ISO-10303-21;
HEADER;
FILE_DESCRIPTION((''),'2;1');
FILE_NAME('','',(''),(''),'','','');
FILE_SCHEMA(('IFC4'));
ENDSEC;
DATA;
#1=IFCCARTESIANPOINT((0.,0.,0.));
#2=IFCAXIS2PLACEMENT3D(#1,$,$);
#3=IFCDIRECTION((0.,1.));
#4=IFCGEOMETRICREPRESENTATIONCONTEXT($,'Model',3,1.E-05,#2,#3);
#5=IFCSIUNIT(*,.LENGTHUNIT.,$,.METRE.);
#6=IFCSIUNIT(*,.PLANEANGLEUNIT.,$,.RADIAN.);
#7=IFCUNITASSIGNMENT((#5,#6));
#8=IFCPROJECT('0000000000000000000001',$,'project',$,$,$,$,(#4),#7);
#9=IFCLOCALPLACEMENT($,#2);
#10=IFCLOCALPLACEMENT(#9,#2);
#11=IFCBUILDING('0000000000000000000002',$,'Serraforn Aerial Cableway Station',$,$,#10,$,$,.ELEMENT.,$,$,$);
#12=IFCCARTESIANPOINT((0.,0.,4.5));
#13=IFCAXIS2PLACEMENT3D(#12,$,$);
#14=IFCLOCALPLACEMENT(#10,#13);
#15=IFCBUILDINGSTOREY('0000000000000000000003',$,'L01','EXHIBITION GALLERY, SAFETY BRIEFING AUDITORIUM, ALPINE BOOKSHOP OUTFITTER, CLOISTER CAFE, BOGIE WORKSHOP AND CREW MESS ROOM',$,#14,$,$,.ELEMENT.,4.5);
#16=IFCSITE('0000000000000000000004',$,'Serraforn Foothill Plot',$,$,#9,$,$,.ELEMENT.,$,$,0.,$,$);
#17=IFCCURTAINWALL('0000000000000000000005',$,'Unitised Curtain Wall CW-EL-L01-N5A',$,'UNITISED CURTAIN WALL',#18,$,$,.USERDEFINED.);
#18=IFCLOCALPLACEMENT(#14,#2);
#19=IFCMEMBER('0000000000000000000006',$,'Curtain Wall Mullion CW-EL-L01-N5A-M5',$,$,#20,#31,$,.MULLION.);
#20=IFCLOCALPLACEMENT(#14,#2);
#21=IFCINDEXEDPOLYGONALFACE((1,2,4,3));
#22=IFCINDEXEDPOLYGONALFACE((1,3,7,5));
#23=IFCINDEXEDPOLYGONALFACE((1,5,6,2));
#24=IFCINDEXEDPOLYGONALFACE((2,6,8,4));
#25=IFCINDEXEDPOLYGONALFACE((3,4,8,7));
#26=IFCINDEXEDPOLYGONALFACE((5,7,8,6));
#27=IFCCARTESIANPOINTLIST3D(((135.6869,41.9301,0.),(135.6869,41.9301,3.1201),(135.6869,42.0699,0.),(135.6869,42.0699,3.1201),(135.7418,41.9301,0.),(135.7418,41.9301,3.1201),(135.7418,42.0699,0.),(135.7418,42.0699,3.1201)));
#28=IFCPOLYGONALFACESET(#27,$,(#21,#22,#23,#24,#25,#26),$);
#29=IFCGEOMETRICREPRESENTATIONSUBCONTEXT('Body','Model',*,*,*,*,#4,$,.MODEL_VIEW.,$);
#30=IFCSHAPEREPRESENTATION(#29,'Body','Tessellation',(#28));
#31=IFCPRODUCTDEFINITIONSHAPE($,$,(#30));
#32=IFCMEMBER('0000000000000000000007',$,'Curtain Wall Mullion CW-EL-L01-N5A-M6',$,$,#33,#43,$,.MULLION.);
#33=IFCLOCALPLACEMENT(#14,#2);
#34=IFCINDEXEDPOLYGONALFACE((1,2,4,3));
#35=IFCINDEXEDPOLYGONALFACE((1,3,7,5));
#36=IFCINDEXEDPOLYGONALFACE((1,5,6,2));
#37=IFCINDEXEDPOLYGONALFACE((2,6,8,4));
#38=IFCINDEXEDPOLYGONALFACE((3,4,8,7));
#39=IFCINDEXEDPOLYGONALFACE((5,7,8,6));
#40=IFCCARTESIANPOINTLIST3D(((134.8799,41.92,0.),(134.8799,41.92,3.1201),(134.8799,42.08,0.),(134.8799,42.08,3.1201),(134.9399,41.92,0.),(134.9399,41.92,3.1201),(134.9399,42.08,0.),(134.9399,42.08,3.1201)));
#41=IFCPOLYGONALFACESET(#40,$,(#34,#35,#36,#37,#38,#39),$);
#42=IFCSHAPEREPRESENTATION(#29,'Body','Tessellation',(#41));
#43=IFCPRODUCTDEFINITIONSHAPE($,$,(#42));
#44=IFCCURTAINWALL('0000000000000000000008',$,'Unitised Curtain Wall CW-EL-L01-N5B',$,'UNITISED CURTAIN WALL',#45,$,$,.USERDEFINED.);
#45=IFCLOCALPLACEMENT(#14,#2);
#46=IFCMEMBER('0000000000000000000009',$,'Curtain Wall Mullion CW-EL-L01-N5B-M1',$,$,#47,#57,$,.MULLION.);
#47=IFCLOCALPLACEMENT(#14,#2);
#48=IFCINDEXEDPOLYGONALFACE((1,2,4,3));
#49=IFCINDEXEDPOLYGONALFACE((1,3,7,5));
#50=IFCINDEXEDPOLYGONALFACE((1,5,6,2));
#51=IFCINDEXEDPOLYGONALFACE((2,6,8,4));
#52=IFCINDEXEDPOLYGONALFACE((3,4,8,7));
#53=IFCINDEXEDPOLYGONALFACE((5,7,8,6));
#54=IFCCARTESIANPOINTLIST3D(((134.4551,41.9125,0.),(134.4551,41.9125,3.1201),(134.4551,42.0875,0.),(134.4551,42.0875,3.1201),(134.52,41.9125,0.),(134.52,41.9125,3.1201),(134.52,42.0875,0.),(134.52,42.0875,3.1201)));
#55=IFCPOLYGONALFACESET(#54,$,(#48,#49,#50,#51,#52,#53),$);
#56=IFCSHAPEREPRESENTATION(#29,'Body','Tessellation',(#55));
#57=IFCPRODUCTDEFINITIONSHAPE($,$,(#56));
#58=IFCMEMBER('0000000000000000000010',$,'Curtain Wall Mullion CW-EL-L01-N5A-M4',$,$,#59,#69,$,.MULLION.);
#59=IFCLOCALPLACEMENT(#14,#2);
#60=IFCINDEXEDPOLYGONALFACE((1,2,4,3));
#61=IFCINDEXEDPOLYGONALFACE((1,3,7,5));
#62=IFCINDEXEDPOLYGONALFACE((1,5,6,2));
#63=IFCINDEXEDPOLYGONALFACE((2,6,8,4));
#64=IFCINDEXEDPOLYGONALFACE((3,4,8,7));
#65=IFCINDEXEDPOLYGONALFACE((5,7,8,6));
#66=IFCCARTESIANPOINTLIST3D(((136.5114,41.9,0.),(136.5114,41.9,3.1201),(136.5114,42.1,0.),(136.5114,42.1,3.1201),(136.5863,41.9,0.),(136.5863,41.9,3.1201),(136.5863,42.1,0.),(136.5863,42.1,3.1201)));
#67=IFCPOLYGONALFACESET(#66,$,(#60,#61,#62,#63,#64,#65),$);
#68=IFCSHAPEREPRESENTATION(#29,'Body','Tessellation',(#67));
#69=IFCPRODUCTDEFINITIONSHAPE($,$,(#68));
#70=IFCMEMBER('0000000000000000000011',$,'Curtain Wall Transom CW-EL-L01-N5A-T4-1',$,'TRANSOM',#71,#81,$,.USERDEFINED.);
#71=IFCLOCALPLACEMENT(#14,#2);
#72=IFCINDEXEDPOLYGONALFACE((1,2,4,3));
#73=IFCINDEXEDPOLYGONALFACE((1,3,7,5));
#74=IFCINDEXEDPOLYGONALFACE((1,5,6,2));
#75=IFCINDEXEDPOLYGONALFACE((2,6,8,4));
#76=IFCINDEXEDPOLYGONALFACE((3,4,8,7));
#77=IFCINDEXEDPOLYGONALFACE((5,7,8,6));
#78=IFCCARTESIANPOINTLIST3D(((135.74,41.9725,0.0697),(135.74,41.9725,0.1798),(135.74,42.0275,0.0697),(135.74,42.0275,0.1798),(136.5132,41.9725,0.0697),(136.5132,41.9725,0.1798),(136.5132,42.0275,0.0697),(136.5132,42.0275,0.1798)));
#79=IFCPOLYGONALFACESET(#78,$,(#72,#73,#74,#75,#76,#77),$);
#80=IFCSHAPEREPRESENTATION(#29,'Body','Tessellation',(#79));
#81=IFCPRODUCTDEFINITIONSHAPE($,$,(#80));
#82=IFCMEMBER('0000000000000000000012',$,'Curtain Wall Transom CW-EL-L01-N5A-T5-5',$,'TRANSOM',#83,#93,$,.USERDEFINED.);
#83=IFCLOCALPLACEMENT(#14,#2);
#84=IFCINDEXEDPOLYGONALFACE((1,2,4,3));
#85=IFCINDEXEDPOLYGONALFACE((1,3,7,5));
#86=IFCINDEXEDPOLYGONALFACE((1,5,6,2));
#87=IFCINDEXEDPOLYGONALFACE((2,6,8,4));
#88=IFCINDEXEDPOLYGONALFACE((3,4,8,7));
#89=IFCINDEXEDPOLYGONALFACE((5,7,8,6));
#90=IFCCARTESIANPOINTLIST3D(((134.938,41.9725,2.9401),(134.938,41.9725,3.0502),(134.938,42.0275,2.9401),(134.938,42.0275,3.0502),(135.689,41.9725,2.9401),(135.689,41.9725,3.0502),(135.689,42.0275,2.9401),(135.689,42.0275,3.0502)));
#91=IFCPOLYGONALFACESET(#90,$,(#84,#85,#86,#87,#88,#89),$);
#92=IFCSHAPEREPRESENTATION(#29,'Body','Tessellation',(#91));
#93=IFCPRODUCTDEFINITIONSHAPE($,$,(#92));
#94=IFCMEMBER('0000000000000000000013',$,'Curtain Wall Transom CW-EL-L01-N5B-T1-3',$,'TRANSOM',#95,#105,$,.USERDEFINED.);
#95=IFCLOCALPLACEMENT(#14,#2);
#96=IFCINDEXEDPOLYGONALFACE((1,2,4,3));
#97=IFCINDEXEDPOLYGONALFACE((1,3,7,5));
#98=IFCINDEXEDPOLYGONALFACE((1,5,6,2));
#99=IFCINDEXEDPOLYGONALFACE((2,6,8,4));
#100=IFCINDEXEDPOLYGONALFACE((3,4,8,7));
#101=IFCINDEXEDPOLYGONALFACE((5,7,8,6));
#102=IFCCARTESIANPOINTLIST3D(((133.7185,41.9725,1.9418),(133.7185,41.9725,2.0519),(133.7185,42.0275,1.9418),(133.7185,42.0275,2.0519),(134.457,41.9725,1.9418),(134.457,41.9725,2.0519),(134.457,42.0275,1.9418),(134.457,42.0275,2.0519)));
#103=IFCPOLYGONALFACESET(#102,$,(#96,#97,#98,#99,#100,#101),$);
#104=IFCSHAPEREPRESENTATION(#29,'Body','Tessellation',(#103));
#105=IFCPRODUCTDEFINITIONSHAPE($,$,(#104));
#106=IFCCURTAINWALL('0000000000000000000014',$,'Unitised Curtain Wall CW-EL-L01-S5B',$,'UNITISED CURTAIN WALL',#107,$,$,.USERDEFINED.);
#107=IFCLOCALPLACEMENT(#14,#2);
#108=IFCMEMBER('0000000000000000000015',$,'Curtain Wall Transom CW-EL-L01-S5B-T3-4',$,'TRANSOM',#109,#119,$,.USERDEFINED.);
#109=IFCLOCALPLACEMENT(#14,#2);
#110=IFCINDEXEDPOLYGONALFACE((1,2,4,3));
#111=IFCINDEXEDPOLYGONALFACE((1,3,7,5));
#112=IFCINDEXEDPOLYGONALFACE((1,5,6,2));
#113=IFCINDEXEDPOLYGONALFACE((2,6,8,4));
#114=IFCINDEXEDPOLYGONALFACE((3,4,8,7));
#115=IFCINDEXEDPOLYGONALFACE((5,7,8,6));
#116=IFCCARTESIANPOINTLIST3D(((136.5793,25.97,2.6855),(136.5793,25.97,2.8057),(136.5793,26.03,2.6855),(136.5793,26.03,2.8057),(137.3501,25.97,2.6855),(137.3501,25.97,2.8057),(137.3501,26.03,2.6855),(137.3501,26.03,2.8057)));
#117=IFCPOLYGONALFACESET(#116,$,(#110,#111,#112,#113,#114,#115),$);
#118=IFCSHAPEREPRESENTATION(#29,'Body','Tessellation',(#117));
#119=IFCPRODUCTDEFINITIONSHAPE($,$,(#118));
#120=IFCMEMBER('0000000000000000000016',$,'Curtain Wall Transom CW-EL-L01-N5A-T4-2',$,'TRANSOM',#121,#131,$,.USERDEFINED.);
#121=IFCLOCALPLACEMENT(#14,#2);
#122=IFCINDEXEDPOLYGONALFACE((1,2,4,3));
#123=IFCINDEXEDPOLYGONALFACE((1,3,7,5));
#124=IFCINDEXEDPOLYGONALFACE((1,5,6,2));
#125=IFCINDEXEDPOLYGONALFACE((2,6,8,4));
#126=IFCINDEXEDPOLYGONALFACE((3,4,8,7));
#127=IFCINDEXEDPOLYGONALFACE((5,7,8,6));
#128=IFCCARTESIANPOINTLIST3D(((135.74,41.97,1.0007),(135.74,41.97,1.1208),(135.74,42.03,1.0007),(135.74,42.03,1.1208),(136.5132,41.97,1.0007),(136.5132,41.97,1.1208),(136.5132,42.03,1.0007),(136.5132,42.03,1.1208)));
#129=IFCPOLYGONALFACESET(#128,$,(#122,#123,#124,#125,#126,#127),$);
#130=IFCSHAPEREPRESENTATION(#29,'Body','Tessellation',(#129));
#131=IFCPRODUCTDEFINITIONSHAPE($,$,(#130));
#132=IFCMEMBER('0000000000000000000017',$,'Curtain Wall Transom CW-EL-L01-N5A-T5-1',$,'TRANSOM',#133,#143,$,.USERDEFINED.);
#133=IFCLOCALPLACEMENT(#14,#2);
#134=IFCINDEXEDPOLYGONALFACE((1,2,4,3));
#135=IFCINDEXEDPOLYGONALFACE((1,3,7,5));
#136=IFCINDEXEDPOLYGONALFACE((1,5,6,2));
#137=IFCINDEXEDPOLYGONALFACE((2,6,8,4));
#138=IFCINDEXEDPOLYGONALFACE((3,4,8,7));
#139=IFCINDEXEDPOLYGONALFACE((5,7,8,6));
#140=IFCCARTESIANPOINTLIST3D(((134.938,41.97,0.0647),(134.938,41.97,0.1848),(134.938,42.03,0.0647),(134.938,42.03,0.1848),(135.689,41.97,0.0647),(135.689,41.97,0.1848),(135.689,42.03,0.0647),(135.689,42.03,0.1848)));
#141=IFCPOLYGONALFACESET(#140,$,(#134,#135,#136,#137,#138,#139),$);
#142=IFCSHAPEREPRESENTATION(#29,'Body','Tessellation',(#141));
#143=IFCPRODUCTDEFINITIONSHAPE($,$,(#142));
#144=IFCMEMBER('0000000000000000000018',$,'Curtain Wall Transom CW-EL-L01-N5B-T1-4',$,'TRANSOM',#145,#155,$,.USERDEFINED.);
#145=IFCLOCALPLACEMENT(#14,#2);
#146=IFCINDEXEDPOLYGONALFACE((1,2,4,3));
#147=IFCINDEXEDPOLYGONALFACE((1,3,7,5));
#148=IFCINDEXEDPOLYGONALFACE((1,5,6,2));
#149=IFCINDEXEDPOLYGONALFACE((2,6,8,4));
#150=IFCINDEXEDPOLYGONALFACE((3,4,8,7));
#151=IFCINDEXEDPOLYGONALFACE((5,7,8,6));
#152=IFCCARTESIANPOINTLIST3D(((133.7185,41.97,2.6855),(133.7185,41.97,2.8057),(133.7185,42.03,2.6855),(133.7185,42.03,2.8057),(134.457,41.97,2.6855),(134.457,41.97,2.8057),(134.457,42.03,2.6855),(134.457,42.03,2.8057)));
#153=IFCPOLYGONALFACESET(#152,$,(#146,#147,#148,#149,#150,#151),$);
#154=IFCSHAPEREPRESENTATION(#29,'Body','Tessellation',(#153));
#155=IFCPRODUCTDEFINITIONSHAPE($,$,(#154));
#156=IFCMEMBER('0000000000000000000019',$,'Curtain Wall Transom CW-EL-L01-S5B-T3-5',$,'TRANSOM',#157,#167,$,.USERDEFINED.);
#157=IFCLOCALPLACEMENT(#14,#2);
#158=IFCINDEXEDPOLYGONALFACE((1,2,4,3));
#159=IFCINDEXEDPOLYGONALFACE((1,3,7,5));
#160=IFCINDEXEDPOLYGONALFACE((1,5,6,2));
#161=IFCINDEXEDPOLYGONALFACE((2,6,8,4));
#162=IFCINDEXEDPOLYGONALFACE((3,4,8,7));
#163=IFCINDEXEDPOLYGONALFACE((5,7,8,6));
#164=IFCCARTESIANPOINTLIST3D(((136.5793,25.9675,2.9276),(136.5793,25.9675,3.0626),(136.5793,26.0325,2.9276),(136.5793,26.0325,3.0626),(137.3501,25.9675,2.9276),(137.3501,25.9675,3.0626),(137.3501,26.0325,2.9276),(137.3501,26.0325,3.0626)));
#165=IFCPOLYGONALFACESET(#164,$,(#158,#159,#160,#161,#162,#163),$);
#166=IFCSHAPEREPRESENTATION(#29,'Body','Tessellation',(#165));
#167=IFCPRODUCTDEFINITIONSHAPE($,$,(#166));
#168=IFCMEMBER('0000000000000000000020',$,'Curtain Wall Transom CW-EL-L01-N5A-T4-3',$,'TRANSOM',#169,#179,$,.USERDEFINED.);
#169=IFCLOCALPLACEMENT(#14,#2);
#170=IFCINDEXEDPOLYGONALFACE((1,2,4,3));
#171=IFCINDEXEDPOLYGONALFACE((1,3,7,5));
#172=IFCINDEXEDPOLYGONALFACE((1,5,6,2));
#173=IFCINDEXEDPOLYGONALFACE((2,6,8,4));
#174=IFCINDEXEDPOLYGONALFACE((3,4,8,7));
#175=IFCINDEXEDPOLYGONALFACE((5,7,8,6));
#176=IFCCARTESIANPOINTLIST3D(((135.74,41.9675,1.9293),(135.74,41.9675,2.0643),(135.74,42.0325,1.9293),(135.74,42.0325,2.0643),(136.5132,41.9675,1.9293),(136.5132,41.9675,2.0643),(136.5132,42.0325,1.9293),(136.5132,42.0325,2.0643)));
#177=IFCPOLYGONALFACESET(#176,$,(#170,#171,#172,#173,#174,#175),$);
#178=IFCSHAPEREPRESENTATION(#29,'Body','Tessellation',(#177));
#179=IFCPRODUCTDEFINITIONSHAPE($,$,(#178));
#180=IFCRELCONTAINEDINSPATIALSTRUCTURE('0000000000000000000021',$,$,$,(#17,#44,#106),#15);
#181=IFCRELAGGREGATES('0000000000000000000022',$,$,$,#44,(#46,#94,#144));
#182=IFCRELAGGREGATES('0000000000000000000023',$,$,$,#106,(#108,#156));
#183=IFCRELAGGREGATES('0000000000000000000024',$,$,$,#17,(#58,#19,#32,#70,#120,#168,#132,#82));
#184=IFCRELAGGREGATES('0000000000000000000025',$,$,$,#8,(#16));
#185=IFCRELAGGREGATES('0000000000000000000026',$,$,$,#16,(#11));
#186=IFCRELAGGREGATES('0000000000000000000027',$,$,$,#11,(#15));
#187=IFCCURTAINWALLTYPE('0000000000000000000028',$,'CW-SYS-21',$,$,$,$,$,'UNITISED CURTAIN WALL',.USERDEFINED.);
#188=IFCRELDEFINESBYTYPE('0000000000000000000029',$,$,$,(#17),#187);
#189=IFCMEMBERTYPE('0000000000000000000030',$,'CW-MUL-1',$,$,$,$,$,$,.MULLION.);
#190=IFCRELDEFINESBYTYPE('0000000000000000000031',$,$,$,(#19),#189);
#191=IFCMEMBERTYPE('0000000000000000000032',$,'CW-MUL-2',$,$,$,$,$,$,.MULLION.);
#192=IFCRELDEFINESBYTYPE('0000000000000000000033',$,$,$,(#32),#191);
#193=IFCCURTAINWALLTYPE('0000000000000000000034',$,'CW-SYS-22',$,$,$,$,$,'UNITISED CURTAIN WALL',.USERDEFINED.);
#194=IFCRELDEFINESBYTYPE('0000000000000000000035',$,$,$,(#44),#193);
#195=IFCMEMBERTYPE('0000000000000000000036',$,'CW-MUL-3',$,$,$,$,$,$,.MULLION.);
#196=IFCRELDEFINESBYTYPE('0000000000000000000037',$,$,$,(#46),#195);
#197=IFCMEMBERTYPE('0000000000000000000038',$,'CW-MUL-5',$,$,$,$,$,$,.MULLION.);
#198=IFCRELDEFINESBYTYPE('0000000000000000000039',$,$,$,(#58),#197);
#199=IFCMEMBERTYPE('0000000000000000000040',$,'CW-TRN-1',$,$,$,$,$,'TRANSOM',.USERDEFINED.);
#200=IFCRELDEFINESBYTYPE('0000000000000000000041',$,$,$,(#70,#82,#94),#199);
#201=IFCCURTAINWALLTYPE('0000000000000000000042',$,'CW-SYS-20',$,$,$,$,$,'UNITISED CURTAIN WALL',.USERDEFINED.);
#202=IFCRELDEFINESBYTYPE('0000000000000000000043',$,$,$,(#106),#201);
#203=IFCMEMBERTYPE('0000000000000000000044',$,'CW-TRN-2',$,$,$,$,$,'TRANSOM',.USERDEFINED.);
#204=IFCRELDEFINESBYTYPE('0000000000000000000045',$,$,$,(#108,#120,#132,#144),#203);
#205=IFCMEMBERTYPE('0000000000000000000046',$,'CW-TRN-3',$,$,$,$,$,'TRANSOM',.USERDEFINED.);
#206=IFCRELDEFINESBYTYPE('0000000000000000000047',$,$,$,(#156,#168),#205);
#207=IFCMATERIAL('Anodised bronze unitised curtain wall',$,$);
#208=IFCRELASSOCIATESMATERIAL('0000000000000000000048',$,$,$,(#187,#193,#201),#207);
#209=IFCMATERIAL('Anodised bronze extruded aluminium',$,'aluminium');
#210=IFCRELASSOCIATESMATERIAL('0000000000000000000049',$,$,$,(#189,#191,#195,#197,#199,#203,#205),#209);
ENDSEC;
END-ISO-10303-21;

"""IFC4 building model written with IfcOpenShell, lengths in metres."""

from ifc_helpers import new_model, si_unit, direction, frame, origin, origin_2d, place, context, subcontext, project, spatial, rectangle, extrude, material, material_profile, profile_set, type_object, element, aggregate, save


model = new_model("IFC4")

# Units and contexts
model_context = context("Model", 3, precision=1e-05, world=origin(), true_north=direction((0.0, 1.0)))
body_context = subcontext(model_context, "Body", "Model", "MODEL_VIEW")
ifc_project = project(units=[si_unit("LENGTHUNIT", "METRE"), si_unit("PLANEANGLEUNIT", "RADIAN")], contexts=[model_context])

# Site, building, storey
site_placement = place(None, origin())
site = spatial("IfcSite", under=ifc_project, at=site_placement, Name="Serraforn Foothill Plot", CompositionType="ELEMENT", RefElevation=0.0)
building_placement = place(site_placement, origin())
building = spatial("IfcBuilding", under=site, at=building_placement, Name="Serraforn Aerial Cableway Station", CompositionType="ELEMENT")
storey_placement = place(building_placement, frame((0.0, 0.0, 4.5)))
storey = spatial("IfcBuildingStorey", under=building, at=storey_placement, Name="L01", Description="EXHIBITION GALLERY, SAFETY BRIEFING AUDITORIUM, ALPINE BOOKSHOP OUTFITTER, CLOISTER CAFE, BOGIE WORKSHOP AND CREW MESS ROOM", CompositionType="ELEMENT", Elevation=4.5)

# Curtain wall, members
ifc_material_1 = material(Name="Anodised bronze unitised curtain wall")
curtain_wall_type_1 = type_object("IfcCurtainWallType", Name="CW-SYS-21", ElementType="UNITISED CURTAIN WALL", PredefinedType="USERDEFINED", material=ifc_material_1)
curtain_wall_1_placement = place(storey_placement, origin())
curtain_wall_1 = element("IfcCurtainWall", 1, at=curtain_wall_1_placement, inside=storey, type_object=curtain_wall_type_1, Name="Unitised Curtain Wall CW-EL-L01-N5A", ObjectType="UNITISED CURTAIN WALL", PredefinedType="USERDEFINED")
ifc_material_2 = material(Name="Anodised bronze extruded aluminium", Category="aluminium")
ifc_material_profile_1 = material_profile(ifc_material_2, rectangle(XDim=0.0549, YDim=0.1399, at=origin_2d()), Name="CW MULLION 55x140")
ifc_profile_set_1 = profile_set([ifc_material_profile_1], Name="Anodised bronze extruded aluminium")
member_type_1 = type_object("IfcMemberType", Name="CW-MUL-1", PredefinedType="MULLION", material=ifc_profile_set_1)
member_1_placement = place(storey_placement, frame((135.7144, 42.0, 0.0), z_axis=(0.0, 0.0, 1.0), x_axis=(-1.0, 0.0, 0.0)))
member_1 = element("IfcMember", 2, at=member_1_placement, type_object=member_type_1, Name="Curtain Wall Mullion CW-EL-L01-N5A-M5", PredefinedType="MULLION", context=body_context, shape_type="SweptSolid", body=[
    extrude(rectangle(XDim=0.0549, YDim=0.1399, at=origin_2d()), origin(), (0.0, 0.0, 1.0), 3.1201),
])
ifc_material_profile_2 = material_profile(ifc_material_2, rectangle(XDim=0.0601, YDim=0.1599, at=origin_2d()), Name="CW MULLION 60x160")
ifc_profile_set_2 = profile_set([ifc_material_profile_2], Name="Anodised bronze extruded aluminium")
member_type_2 = type_object("IfcMemberType", Name="CW-MUL-2", PredefinedType="MULLION", material=ifc_profile_set_2)
member_2_placement = place(storey_placement, frame((134.9099, 42.0, 0.0), z_axis=(0.0, 0.0, 1.0), x_axis=(-1.0, 0.0, 0.0)))
member_2 = element("IfcMember", 3, at=member_2_placement, type_object=member_type_2, Name="Curtain Wall Mullion CW-EL-L01-N5A-M6", PredefinedType="MULLION", context=body_context, shape_type="SweptSolid", body=[
    extrude(rectangle(XDim=0.0601, YDim=0.1599, at=origin_2d()), origin(), (0.0, 0.0, 1.0), 3.1201),
])

# Curtain wall, member
curtain_wall_type_2 = type_object("IfcCurtainWallType", Name="CW-SYS-22", ElementType="UNITISED CURTAIN WALL", PredefinedType="USERDEFINED", material=ifc_material_1)
curtain_wall_2_placement = place(storey_placement, origin())
curtain_wall_2 = element("IfcCurtainWall", 4, at=curtain_wall_2_placement, inside=storey, type_object=curtain_wall_type_2, Name="Unitised Curtain Wall CW-EL-L01-N5B", ObjectType="UNITISED CURTAIN WALL", PredefinedType="USERDEFINED")
ifc_material_profile_3 = material_profile(ifc_material_2, rectangle(XDim=0.0649, YDim=0.175, at=origin_2d()), Name="CW MULLION 65x175")
ifc_profile_set_3 = profile_set([ifc_material_profile_3], Name="Anodised bronze extruded aluminium")
member_type_3 = type_object("IfcMemberType", Name="CW-MUL-3", PredefinedType="MULLION", material=ifc_profile_set_3)
member_3_placement = place(storey_placement, frame((134.4875, 42.0, 0.0), z_axis=(0.0, 0.0, 1.0), x_axis=(-1.0, 0.0, 0.0)))
member_3 = element("IfcMember", 5, at=member_3_placement, type_object=member_type_3, Name="Curtain Wall Mullion CW-EL-L01-N5B-M1", PredefinedType="MULLION", context=body_context, shape_type="SweptSolid", body=[
    extrude(rectangle(XDim=0.0649, YDim=0.175, at=origin_2d()), origin(), (0.0, 0.0, 1.0), 3.1201),
])

# Members
ifc_material_profile_4 = material_profile(ifc_material_2, rectangle(XDim=0.075, YDim=0.2, at=origin_2d()), Name="CW MULLION 75x200")
ifc_profile_set_4 = profile_set([ifc_material_profile_4], Name="Anodised bronze extruded aluminium")
member_type_4 = type_object("IfcMemberType", Name="CW-MUL-5", PredefinedType="MULLION", material=ifc_profile_set_4)
member_4_placement = place(storey_placement, frame((136.5488, 42.0, 0.0), z_axis=(0.0, 0.0, 1.0), x_axis=(-1.0, 0.0, 0.0)))
member_4 = element("IfcMember", 6, at=member_4_placement, type_object=member_type_4, Name="Curtain Wall Mullion CW-EL-L01-N5A-M4", PredefinedType="MULLION", context=body_context, shape_type="SweptSolid", body=[
    extrude(rectangle(XDim=0.075, YDim=0.2, at=origin_2d()), origin(), (0.0, 0.0, 1.0), 3.1201),
])
ifc_material_profile_5 = material_profile(ifc_material_2, rectangle(XDim=0.0549, YDim=0.1101, at=origin_2d()), Name="CW TRANSOM 55x110")
ifc_profile_set_5 = profile_set([ifc_material_profile_5], Name="Anodised bronze extruded aluminium")
member_type_5 = type_object("IfcMemberType", Name="CW-TRN-1", ElementType="TRANSOM", PredefinedType="USERDEFINED", material=ifc_profile_set_5)
member_5_placement = place(storey_placement, frame((136.5132, 42.0, 0.1248), z_axis=(-1.0, 0.0, 0.0), x_axis=(0.0, -1.0, 0.0)))
member_5 = element("IfcMember", 7, at=member_5_placement, type_object=member_type_5, Name="Curtain Wall Transom CW-EL-L01-N5A-T4-1", ObjectType="TRANSOM", PredefinedType="USERDEFINED", context=body_context, shape_type="SweptSolid", body=[
    extrude(rectangle(XDim=0.0549, YDim=0.1101, at=origin_2d()), origin(), (0.0, 0.0, 1.0), 0.7732),
])
member_6_placement = place(storey_placement, frame((135.689, 42.0, 2.9951), z_axis=(-1.0, 0.0, 0.0), x_axis=(0.0, -1.0, 0.0)))
member_6 = element("IfcMember", 8, at=member_6_placement, type_object=member_type_5, Name="Curtain Wall Transom CW-EL-L01-N5A-T5-5", ObjectType="TRANSOM", PredefinedType="USERDEFINED", context=body_context, shape_type="SweptSolid", body=[
    extrude(rectangle(XDim=0.0549, YDim=0.1101, at=origin_2d()), origin(), (0.0, 0.0, 1.0), 0.751),
])
member_7_placement = place(storey_placement, frame((134.457, 42.0, 1.9968), z_axis=(-1.0, 0.0, 0.0), x_axis=(0.0, -1.0, 0.0)))
member_7 = element("IfcMember", 9, at=member_7_placement, type_object=member_type_5, Name="Curtain Wall Transom CW-EL-L01-N5B-T1-3", ObjectType="TRANSOM", PredefinedType="USERDEFINED", context=body_context, shape_type="SweptSolid", body=[
    extrude(rectangle(XDim=0.0549, YDim=0.1101, at=origin_2d()), origin(), (0.0, 0.0, 1.0), 0.7385),
])

# Curtain wall, member
curtain_wall_type_3 = type_object("IfcCurtainWallType", Name="CW-SYS-20", ElementType="UNITISED CURTAIN WALL", PredefinedType="USERDEFINED", material=ifc_material_1)
curtain_wall_3_placement = place(storey_placement, origin())
curtain_wall_3 = element("IfcCurtainWall", 10, at=curtain_wall_3_placement, inside=storey, type_object=curtain_wall_type_3, Name="Unitised Curtain Wall CW-EL-L01-S5B", ObjectType="UNITISED CURTAIN WALL", PredefinedType="USERDEFINED")
ifc_material_profile_6 = material_profile(ifc_material_2, rectangle(XDim=0.0601, YDim=0.1201, at=origin_2d()), Name="CW TRANSOM 60x120")
ifc_profile_set_6 = profile_set([ifc_material_profile_6], Name="Anodised bronze extruded aluminium")
member_type_6 = type_object("IfcMemberType", Name="CW-TRN-2", ElementType="TRANSOM", PredefinedType="USERDEFINED", material=ifc_profile_set_6)
member_8_placement = place(storey_placement, frame((136.5793, 26.0, 2.7456), z_axis=(1.0, 0.0, 0.0), x_axis=(0.0, 1.0, 0.0)))
member_8 = element("IfcMember", 11, at=member_8_placement, type_object=member_type_6, Name="Curtain Wall Transom CW-EL-L01-S5B-T3-4", ObjectType="TRANSOM", PredefinedType="USERDEFINED", context=body_context, shape_type="SweptSolid", body=[
    extrude(rectangle(XDim=0.0601, YDim=0.1201, at=origin_2d()), origin(), (0.0, 0.0, 1.0), 0.7708),
])

# Members
member_9_placement = place(storey_placement, frame((136.5132, 42.0, 1.0608), z_axis=(-1.0, 0.0, 0.0), x_axis=(0.0, -1.0, 0.0)))
member_9 = element("IfcMember", 12, at=member_9_placement, type_object=member_type_6, Name="Curtain Wall Transom CW-EL-L01-N5A-T4-2", ObjectType="TRANSOM", PredefinedType="USERDEFINED", context=body_context, shape_type="SweptSolid", body=[
    extrude(rectangle(XDim=0.0601, YDim=0.1201, at=origin_2d()), origin(), (0.0, 0.0, 1.0), 0.7732),
])
member_10_placement = place(storey_placement, frame((135.689, 42.0, 0.1248), z_axis=(-1.0, 0.0, 0.0), x_axis=(0.0, -1.0, 0.0)))
member_10 = element("IfcMember", 13, at=member_10_placement, type_object=member_type_6, Name="Curtain Wall Transom CW-EL-L01-N5A-T5-1", ObjectType="TRANSOM", PredefinedType="USERDEFINED", context=body_context, shape_type="SweptSolid", body=[
    extrude(rectangle(XDim=0.0601, YDim=0.1201, at=origin_2d()), origin(), (0.0, 0.0, 1.0), 0.751),
])
member_11_placement = place(storey_placement, frame((134.457, 42.0, 2.7456), z_axis=(-1.0, 0.0, 0.0), x_axis=(0.0, -1.0, 0.0)))
member_11 = element("IfcMember", 14, at=member_11_placement, type_object=member_type_6, Name="Curtain Wall Transom CW-EL-L01-N5B-T1-4", ObjectType="TRANSOM", PredefinedType="USERDEFINED", context=body_context, shape_type="SweptSolid", body=[
    extrude(rectangle(XDim=0.0601, YDim=0.1201, at=origin_2d()), origin(), (0.0, 0.0, 1.0), 0.7385),
])
ifc_material_profile_7 = material_profile(ifc_material_2, rectangle(XDim=0.0649, YDim=0.135, at=origin_2d()), Name="CW TRANSOM 65x135")
ifc_profile_set_7 = profile_set([ifc_material_profile_7], Name="Anodised bronze extruded aluminium")
member_type_7 = type_object("IfcMemberType", Name="CW-TRN-3", ElementType="TRANSOM", PredefinedType="USERDEFINED", material=ifc_profile_set_7)
member_12_placement = place(storey_placement, frame((136.5793, 26.0, 2.9951), z_axis=(1.0, 0.0, 0.0), x_axis=(0.0, 1.0, 0.0)))
member_12 = element("IfcMember", 15, at=member_12_placement, type_object=member_type_7, Name="Curtain Wall Transom CW-EL-L01-S5B-T3-5", ObjectType="TRANSOM", PredefinedType="USERDEFINED", context=body_context, shape_type="SweptSolid", body=[
    extrude(rectangle(XDim=0.0649, YDim=0.135, at=origin_2d()), origin(), (0.0, 0.0, 1.0), 0.7708),
])
member_13_placement = place(storey_placement, frame((136.5132, 42.0, 1.9968), z_axis=(-1.0, 0.0, 0.0), x_axis=(0.0, -1.0, 0.0)))
member_13 = element("IfcMember", 16, at=member_13_placement, type_object=member_type_7, Name="Curtain Wall Transom CW-EL-L01-N5A-T4-3", ObjectType="TRANSOM", PredefinedType="USERDEFINED", context=body_context, shape_type="SweptSolid", body=[
    extrude(rectangle(XDim=0.0649, YDim=0.135, at=origin_2d()), origin(), (0.0, 0.0, 1.0), 0.7732),
])
aggregate(curtain_wall_2, [member_3, member_7, member_11])

aggregate(curtain_wall_3, [member_8, member_12])
aggregate(curtain_wall_1, [member_4, member_1, member_2, member_5, member_9, member_13, member_10, member_6])

save(model, "model.ifc")
